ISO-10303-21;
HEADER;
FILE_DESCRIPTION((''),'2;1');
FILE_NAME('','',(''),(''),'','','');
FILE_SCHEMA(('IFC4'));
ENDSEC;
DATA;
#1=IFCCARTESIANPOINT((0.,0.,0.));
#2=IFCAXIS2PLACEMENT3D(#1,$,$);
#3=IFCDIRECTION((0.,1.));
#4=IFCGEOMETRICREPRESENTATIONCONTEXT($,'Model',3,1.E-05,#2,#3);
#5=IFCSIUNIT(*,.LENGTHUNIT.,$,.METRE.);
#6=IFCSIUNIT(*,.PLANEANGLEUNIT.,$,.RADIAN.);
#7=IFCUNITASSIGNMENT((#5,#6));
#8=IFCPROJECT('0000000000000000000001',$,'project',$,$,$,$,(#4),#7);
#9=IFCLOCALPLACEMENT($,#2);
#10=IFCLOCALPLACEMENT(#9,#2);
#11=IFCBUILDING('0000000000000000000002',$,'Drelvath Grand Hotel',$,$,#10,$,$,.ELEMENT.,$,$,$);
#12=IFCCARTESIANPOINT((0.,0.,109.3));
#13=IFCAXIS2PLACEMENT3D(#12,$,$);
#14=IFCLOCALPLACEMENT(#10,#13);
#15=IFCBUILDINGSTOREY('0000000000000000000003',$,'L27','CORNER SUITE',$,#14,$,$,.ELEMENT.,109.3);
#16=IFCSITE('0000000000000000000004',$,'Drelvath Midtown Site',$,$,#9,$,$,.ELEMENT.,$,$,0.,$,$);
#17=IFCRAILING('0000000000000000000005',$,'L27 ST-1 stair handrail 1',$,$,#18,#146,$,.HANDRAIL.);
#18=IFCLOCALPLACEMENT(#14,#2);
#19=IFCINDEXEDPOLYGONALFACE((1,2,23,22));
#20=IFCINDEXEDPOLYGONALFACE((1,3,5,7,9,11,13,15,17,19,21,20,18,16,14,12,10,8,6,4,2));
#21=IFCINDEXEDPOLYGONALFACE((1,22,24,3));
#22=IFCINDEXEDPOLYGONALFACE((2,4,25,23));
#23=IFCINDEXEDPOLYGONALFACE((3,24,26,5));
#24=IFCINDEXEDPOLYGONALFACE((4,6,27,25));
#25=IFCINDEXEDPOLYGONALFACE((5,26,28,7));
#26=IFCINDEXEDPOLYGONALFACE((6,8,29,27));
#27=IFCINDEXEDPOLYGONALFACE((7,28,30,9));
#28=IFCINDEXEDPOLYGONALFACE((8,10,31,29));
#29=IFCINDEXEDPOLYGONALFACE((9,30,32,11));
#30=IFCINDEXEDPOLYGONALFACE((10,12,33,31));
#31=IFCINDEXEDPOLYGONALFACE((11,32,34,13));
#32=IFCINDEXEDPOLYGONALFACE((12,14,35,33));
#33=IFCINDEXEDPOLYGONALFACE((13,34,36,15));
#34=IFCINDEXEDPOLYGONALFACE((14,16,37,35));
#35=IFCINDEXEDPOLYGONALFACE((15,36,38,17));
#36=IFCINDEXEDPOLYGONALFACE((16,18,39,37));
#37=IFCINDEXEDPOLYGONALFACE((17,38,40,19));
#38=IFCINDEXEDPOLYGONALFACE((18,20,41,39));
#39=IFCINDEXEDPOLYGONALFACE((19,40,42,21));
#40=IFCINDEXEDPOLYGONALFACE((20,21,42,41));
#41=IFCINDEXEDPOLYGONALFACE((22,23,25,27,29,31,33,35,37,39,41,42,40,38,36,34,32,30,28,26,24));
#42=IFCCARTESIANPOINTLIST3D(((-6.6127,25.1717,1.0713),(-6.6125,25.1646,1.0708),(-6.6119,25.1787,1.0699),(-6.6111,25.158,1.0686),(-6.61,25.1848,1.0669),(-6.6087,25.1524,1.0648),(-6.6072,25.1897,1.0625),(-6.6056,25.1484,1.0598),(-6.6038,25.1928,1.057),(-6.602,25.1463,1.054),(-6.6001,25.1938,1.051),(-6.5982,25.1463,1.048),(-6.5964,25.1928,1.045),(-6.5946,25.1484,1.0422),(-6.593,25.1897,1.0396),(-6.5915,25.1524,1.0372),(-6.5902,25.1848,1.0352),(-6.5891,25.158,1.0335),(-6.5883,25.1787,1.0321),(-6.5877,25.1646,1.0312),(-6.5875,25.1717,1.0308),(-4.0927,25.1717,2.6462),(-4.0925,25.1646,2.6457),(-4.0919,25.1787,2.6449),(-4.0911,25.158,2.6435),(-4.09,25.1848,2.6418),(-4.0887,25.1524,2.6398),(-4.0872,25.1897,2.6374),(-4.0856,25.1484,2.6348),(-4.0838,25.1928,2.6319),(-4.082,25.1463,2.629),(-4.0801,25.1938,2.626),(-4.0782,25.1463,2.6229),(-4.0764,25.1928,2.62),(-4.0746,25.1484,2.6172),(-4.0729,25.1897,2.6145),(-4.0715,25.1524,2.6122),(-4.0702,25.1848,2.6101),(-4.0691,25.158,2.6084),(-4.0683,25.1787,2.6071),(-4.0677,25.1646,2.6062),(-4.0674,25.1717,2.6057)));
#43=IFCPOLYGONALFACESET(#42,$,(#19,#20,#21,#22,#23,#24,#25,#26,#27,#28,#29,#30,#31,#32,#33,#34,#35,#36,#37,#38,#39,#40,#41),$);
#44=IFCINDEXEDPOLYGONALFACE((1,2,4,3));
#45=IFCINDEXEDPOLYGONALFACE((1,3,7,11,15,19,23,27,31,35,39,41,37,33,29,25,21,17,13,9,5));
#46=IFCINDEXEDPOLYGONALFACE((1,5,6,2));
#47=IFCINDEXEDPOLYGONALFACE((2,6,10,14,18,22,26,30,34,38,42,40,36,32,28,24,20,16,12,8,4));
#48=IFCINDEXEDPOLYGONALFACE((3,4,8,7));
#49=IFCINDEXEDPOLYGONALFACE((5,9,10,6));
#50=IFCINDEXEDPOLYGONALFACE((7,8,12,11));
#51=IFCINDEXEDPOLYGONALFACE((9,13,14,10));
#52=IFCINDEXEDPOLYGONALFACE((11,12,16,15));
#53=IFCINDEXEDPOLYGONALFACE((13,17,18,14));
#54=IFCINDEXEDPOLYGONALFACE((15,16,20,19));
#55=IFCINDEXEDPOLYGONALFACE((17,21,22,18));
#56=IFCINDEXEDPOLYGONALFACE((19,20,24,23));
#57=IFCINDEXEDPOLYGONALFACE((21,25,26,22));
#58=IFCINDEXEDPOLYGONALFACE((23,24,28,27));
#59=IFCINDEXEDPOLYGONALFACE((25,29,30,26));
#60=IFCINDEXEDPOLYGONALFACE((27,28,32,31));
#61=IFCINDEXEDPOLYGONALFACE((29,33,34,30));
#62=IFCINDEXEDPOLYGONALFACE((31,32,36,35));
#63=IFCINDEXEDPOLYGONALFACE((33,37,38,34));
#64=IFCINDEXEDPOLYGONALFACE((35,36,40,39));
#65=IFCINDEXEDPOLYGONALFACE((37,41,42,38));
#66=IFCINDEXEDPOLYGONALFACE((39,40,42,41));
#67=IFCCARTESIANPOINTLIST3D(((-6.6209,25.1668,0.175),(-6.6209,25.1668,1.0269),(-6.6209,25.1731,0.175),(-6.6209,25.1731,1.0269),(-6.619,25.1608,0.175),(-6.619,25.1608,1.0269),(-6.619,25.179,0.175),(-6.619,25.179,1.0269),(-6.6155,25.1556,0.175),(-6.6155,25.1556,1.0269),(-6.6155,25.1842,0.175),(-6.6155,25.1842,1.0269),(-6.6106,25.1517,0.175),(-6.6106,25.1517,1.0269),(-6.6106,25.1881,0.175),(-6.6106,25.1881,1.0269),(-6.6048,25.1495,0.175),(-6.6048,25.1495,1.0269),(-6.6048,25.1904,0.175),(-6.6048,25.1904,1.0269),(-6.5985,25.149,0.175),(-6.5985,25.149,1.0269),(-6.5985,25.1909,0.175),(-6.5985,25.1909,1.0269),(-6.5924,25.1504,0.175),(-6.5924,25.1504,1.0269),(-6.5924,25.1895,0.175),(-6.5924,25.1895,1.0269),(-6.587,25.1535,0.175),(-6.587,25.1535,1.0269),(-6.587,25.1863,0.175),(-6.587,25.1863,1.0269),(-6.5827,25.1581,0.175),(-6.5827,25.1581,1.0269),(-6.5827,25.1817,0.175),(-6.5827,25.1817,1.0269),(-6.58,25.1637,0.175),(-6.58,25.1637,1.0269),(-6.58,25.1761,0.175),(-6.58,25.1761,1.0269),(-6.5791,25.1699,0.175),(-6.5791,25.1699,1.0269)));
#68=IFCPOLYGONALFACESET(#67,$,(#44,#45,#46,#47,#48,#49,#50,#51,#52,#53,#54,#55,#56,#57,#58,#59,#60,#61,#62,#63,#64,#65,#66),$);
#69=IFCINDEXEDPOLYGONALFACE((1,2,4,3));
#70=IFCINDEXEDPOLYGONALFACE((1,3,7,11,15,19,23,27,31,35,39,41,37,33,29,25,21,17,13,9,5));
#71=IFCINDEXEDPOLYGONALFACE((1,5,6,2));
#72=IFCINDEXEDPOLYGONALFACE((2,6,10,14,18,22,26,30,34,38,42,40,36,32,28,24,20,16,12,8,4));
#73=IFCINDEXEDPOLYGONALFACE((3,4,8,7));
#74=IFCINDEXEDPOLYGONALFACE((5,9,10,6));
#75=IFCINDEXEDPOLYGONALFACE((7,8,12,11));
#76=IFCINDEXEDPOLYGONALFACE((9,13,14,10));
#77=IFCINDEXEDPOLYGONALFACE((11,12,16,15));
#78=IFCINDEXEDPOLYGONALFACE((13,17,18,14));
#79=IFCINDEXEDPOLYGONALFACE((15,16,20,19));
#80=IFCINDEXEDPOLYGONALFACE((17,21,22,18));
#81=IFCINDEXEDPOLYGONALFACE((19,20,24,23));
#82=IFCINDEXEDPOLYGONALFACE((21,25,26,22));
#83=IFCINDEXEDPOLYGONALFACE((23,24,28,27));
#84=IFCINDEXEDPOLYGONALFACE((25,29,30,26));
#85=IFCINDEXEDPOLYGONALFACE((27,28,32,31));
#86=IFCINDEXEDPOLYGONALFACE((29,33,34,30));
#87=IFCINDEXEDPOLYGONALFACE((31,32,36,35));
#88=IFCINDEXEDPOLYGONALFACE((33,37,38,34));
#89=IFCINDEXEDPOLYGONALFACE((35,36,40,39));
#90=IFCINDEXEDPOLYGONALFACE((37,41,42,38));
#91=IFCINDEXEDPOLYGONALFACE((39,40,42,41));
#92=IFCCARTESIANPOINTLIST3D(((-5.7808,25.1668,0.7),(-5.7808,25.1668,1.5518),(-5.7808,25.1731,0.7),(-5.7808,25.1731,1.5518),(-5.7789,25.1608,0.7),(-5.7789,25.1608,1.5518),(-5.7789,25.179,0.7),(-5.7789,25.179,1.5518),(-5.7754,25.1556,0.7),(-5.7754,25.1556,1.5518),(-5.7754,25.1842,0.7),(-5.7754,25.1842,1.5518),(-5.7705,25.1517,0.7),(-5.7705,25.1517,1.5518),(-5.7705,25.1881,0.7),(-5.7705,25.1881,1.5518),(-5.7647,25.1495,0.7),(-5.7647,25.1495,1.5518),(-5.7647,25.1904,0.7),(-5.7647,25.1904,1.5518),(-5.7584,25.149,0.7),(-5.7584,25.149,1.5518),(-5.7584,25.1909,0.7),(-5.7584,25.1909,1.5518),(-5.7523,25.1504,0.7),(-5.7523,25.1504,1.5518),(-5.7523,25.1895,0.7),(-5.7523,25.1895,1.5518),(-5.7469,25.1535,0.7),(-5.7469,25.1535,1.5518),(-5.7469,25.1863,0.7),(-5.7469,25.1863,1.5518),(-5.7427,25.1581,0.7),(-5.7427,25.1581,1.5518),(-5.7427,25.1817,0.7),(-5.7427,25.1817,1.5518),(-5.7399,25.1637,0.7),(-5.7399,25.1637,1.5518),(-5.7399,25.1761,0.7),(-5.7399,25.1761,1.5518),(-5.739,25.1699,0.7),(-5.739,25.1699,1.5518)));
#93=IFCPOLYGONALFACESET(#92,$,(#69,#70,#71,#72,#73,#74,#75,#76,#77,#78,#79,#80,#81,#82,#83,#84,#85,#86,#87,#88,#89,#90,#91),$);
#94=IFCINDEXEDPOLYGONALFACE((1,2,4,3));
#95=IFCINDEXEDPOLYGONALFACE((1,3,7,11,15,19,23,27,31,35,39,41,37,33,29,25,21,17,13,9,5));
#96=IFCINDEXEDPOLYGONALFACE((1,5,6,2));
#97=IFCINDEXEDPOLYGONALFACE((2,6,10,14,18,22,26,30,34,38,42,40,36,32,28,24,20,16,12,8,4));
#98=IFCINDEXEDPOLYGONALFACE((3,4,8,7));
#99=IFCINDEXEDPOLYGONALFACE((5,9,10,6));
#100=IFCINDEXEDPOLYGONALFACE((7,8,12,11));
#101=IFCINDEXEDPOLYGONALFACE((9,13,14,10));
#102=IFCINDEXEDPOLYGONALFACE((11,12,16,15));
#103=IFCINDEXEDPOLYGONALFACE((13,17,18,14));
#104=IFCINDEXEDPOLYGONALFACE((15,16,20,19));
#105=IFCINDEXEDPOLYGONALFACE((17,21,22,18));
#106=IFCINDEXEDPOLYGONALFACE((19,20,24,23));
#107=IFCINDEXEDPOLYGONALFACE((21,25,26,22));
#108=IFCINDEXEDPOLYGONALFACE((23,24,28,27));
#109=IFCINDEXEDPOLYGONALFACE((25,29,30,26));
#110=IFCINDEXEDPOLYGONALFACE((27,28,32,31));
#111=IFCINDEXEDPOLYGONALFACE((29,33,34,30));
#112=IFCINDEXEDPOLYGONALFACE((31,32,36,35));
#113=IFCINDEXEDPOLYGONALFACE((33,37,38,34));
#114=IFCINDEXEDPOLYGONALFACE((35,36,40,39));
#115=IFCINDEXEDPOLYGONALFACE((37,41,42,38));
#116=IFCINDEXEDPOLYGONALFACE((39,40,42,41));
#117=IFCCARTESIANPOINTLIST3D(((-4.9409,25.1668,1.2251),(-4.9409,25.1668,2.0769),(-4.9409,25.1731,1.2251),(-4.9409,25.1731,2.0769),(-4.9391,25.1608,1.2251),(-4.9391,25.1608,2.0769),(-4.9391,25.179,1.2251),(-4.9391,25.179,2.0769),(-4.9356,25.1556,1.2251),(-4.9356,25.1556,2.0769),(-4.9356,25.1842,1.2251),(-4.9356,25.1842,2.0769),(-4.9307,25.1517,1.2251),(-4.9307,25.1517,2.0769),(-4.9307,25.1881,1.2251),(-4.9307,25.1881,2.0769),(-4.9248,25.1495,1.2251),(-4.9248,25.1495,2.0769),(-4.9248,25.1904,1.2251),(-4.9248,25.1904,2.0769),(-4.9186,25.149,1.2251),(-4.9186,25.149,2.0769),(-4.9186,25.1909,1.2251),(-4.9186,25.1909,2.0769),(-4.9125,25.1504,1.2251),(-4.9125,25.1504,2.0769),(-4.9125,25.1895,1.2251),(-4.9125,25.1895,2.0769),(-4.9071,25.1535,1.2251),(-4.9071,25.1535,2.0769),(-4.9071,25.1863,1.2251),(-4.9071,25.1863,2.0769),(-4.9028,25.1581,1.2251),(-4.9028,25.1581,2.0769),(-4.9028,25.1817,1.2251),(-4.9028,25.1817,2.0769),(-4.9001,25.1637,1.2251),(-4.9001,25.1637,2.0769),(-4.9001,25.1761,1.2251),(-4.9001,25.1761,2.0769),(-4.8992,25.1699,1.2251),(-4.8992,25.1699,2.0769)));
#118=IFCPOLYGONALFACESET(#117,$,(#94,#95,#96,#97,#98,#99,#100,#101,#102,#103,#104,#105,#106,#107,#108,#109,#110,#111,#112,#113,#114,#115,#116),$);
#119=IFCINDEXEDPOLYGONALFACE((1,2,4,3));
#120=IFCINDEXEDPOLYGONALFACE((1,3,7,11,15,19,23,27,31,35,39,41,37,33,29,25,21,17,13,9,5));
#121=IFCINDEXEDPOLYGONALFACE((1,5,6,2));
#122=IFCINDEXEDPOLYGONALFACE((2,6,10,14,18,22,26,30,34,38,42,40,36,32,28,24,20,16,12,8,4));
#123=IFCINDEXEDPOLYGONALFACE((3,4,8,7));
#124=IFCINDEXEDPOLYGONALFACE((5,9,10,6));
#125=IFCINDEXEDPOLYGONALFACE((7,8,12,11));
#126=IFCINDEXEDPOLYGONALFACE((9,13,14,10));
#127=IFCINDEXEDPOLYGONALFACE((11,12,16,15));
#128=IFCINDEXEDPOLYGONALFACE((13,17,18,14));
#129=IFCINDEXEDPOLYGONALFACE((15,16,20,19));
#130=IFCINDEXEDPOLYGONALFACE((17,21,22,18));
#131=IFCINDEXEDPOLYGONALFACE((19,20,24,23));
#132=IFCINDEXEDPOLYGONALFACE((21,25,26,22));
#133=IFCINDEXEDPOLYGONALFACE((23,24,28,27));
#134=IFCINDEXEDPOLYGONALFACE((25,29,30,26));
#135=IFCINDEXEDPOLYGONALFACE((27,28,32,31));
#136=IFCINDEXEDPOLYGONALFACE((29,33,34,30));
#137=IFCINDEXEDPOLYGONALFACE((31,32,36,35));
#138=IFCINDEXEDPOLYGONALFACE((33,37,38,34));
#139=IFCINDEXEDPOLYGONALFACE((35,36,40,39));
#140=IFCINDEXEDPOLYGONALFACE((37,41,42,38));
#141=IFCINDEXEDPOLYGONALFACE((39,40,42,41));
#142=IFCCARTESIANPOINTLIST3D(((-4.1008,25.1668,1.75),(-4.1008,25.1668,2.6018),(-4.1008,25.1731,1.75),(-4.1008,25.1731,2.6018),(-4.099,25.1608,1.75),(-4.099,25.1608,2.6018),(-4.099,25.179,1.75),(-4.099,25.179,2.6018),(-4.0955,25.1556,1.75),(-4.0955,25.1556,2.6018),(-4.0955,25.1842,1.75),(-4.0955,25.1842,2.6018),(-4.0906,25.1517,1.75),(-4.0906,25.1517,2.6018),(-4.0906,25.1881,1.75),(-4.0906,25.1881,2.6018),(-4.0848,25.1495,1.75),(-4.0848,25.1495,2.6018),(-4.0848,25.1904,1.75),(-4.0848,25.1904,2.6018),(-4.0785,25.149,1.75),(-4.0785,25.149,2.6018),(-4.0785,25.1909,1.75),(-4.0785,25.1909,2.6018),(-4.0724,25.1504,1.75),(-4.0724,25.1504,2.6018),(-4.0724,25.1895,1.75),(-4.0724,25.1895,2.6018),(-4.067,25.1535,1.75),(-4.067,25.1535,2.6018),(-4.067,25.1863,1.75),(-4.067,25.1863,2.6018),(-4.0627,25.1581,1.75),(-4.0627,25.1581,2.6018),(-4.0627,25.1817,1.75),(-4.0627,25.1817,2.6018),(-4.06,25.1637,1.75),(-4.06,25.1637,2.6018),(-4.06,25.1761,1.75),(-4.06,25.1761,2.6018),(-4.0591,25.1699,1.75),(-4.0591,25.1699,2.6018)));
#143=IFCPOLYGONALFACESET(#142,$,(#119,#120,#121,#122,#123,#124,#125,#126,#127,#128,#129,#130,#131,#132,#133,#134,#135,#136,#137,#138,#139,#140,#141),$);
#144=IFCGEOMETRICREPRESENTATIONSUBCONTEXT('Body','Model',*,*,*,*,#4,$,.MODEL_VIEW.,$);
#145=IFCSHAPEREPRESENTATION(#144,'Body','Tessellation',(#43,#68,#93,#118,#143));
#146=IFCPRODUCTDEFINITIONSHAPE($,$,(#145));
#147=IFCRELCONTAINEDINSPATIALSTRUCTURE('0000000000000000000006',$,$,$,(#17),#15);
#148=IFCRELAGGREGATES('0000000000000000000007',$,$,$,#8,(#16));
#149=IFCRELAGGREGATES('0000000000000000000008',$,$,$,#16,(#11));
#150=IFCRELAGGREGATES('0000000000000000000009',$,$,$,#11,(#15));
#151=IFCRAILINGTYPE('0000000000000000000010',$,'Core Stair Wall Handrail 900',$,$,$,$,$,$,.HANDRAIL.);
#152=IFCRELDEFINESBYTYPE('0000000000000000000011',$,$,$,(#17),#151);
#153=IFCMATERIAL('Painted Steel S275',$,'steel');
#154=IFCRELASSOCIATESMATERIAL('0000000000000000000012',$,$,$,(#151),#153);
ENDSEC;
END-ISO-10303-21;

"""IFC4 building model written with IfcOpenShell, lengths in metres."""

from ifc_helpers import new_model, si_unit, direction, frame, origin, origin_2d, place, context, subcontext, project, spatial, circle, extrude, material, type_object, element, save


model = new_model("IFC4")

# Units and contexts
model_context = context("Model", 3, precision=1e-05, world=origin(), true_north=direction((0.0, 1.0)))
body_context = subcontext(model_context, "Body", "Model", "MODEL_VIEW")
ifc_project = project(units=[si_unit("LENGTHUNIT", "METRE"), si_unit("PLANEANGLEUNIT", "RADIAN")], contexts=[model_context])

# Site, building, storey
site_placement = place(None, origin())
site = spatial("IfcSite", under=ifc_project, at=site_placement, Name="Drelvath Midtown Site", CompositionType="ELEMENT", RefElevation=0.0)
building_placement = place(site_placement, origin())
building = spatial("IfcBuilding", under=site, at=building_placement, Name="Drelvath Grand Hotel", CompositionType="ELEMENT")
storey_placement = place(building_placement, frame((0.0, 0.0, 109.3)))
storey = spatial("IfcBuildingStorey", under=building, at=storey_placement, Name="L27", Description="CORNER SUITE", CompositionType="ELEMENT", Elevation=109.3)

# Shared definitions
ifc_material_1 = material(Name="Painted Steel S275", Category="steel")

# Railing
railing_type_1 = type_object("IfcRailingType", Name="Core Stair Wall Handrail 900", PredefinedType="HANDRAIL", material=ifc_material_1)
railing_1_placement = place(storey_placement, frame((-6.6001, 25.1699, 0.175)))
element("IfcRailing", 1, at=railing_1_placement, inside=storey, type_object=railing_type_1, Name="L27 ST-1 stair handrail 1", PredefinedType="HANDRAIL", context=body_context, shape_type="SweptSolid", body=[
    extrude(circle(Radius=0.0239, at=origin_2d()), frame((0.0, 0.0, 0.876), z_axis=(0.848008, 0.0, 0.529984), x_axis=(0.0, 1.0, 0.0)), (0.0, 0.0, 1.0), 2.9717),
    extrude(circle(Radius=0.021, at=origin_2d()), origin(), (0.0, 0.0, 1.0), 0.8518),
    extrude(circle(Radius=0.021, at=origin_2d()), frame((0.8401, 0.0, 0.5249)), (0.0, 0.0, 1.0), 0.8518),
    extrude(circle(Radius=0.021, at=origin_2d()), frame((1.6799, 0.0, 1.05)), (0.0, 0.0, 1.0), 0.8518),
    extrude(circle(Radius=0.021, at=origin_2d()), frame((2.52, 0.0, 1.575)), (0.0, 0.0, 1.0), 0.8518),
])

save(model, "model.ifc")
